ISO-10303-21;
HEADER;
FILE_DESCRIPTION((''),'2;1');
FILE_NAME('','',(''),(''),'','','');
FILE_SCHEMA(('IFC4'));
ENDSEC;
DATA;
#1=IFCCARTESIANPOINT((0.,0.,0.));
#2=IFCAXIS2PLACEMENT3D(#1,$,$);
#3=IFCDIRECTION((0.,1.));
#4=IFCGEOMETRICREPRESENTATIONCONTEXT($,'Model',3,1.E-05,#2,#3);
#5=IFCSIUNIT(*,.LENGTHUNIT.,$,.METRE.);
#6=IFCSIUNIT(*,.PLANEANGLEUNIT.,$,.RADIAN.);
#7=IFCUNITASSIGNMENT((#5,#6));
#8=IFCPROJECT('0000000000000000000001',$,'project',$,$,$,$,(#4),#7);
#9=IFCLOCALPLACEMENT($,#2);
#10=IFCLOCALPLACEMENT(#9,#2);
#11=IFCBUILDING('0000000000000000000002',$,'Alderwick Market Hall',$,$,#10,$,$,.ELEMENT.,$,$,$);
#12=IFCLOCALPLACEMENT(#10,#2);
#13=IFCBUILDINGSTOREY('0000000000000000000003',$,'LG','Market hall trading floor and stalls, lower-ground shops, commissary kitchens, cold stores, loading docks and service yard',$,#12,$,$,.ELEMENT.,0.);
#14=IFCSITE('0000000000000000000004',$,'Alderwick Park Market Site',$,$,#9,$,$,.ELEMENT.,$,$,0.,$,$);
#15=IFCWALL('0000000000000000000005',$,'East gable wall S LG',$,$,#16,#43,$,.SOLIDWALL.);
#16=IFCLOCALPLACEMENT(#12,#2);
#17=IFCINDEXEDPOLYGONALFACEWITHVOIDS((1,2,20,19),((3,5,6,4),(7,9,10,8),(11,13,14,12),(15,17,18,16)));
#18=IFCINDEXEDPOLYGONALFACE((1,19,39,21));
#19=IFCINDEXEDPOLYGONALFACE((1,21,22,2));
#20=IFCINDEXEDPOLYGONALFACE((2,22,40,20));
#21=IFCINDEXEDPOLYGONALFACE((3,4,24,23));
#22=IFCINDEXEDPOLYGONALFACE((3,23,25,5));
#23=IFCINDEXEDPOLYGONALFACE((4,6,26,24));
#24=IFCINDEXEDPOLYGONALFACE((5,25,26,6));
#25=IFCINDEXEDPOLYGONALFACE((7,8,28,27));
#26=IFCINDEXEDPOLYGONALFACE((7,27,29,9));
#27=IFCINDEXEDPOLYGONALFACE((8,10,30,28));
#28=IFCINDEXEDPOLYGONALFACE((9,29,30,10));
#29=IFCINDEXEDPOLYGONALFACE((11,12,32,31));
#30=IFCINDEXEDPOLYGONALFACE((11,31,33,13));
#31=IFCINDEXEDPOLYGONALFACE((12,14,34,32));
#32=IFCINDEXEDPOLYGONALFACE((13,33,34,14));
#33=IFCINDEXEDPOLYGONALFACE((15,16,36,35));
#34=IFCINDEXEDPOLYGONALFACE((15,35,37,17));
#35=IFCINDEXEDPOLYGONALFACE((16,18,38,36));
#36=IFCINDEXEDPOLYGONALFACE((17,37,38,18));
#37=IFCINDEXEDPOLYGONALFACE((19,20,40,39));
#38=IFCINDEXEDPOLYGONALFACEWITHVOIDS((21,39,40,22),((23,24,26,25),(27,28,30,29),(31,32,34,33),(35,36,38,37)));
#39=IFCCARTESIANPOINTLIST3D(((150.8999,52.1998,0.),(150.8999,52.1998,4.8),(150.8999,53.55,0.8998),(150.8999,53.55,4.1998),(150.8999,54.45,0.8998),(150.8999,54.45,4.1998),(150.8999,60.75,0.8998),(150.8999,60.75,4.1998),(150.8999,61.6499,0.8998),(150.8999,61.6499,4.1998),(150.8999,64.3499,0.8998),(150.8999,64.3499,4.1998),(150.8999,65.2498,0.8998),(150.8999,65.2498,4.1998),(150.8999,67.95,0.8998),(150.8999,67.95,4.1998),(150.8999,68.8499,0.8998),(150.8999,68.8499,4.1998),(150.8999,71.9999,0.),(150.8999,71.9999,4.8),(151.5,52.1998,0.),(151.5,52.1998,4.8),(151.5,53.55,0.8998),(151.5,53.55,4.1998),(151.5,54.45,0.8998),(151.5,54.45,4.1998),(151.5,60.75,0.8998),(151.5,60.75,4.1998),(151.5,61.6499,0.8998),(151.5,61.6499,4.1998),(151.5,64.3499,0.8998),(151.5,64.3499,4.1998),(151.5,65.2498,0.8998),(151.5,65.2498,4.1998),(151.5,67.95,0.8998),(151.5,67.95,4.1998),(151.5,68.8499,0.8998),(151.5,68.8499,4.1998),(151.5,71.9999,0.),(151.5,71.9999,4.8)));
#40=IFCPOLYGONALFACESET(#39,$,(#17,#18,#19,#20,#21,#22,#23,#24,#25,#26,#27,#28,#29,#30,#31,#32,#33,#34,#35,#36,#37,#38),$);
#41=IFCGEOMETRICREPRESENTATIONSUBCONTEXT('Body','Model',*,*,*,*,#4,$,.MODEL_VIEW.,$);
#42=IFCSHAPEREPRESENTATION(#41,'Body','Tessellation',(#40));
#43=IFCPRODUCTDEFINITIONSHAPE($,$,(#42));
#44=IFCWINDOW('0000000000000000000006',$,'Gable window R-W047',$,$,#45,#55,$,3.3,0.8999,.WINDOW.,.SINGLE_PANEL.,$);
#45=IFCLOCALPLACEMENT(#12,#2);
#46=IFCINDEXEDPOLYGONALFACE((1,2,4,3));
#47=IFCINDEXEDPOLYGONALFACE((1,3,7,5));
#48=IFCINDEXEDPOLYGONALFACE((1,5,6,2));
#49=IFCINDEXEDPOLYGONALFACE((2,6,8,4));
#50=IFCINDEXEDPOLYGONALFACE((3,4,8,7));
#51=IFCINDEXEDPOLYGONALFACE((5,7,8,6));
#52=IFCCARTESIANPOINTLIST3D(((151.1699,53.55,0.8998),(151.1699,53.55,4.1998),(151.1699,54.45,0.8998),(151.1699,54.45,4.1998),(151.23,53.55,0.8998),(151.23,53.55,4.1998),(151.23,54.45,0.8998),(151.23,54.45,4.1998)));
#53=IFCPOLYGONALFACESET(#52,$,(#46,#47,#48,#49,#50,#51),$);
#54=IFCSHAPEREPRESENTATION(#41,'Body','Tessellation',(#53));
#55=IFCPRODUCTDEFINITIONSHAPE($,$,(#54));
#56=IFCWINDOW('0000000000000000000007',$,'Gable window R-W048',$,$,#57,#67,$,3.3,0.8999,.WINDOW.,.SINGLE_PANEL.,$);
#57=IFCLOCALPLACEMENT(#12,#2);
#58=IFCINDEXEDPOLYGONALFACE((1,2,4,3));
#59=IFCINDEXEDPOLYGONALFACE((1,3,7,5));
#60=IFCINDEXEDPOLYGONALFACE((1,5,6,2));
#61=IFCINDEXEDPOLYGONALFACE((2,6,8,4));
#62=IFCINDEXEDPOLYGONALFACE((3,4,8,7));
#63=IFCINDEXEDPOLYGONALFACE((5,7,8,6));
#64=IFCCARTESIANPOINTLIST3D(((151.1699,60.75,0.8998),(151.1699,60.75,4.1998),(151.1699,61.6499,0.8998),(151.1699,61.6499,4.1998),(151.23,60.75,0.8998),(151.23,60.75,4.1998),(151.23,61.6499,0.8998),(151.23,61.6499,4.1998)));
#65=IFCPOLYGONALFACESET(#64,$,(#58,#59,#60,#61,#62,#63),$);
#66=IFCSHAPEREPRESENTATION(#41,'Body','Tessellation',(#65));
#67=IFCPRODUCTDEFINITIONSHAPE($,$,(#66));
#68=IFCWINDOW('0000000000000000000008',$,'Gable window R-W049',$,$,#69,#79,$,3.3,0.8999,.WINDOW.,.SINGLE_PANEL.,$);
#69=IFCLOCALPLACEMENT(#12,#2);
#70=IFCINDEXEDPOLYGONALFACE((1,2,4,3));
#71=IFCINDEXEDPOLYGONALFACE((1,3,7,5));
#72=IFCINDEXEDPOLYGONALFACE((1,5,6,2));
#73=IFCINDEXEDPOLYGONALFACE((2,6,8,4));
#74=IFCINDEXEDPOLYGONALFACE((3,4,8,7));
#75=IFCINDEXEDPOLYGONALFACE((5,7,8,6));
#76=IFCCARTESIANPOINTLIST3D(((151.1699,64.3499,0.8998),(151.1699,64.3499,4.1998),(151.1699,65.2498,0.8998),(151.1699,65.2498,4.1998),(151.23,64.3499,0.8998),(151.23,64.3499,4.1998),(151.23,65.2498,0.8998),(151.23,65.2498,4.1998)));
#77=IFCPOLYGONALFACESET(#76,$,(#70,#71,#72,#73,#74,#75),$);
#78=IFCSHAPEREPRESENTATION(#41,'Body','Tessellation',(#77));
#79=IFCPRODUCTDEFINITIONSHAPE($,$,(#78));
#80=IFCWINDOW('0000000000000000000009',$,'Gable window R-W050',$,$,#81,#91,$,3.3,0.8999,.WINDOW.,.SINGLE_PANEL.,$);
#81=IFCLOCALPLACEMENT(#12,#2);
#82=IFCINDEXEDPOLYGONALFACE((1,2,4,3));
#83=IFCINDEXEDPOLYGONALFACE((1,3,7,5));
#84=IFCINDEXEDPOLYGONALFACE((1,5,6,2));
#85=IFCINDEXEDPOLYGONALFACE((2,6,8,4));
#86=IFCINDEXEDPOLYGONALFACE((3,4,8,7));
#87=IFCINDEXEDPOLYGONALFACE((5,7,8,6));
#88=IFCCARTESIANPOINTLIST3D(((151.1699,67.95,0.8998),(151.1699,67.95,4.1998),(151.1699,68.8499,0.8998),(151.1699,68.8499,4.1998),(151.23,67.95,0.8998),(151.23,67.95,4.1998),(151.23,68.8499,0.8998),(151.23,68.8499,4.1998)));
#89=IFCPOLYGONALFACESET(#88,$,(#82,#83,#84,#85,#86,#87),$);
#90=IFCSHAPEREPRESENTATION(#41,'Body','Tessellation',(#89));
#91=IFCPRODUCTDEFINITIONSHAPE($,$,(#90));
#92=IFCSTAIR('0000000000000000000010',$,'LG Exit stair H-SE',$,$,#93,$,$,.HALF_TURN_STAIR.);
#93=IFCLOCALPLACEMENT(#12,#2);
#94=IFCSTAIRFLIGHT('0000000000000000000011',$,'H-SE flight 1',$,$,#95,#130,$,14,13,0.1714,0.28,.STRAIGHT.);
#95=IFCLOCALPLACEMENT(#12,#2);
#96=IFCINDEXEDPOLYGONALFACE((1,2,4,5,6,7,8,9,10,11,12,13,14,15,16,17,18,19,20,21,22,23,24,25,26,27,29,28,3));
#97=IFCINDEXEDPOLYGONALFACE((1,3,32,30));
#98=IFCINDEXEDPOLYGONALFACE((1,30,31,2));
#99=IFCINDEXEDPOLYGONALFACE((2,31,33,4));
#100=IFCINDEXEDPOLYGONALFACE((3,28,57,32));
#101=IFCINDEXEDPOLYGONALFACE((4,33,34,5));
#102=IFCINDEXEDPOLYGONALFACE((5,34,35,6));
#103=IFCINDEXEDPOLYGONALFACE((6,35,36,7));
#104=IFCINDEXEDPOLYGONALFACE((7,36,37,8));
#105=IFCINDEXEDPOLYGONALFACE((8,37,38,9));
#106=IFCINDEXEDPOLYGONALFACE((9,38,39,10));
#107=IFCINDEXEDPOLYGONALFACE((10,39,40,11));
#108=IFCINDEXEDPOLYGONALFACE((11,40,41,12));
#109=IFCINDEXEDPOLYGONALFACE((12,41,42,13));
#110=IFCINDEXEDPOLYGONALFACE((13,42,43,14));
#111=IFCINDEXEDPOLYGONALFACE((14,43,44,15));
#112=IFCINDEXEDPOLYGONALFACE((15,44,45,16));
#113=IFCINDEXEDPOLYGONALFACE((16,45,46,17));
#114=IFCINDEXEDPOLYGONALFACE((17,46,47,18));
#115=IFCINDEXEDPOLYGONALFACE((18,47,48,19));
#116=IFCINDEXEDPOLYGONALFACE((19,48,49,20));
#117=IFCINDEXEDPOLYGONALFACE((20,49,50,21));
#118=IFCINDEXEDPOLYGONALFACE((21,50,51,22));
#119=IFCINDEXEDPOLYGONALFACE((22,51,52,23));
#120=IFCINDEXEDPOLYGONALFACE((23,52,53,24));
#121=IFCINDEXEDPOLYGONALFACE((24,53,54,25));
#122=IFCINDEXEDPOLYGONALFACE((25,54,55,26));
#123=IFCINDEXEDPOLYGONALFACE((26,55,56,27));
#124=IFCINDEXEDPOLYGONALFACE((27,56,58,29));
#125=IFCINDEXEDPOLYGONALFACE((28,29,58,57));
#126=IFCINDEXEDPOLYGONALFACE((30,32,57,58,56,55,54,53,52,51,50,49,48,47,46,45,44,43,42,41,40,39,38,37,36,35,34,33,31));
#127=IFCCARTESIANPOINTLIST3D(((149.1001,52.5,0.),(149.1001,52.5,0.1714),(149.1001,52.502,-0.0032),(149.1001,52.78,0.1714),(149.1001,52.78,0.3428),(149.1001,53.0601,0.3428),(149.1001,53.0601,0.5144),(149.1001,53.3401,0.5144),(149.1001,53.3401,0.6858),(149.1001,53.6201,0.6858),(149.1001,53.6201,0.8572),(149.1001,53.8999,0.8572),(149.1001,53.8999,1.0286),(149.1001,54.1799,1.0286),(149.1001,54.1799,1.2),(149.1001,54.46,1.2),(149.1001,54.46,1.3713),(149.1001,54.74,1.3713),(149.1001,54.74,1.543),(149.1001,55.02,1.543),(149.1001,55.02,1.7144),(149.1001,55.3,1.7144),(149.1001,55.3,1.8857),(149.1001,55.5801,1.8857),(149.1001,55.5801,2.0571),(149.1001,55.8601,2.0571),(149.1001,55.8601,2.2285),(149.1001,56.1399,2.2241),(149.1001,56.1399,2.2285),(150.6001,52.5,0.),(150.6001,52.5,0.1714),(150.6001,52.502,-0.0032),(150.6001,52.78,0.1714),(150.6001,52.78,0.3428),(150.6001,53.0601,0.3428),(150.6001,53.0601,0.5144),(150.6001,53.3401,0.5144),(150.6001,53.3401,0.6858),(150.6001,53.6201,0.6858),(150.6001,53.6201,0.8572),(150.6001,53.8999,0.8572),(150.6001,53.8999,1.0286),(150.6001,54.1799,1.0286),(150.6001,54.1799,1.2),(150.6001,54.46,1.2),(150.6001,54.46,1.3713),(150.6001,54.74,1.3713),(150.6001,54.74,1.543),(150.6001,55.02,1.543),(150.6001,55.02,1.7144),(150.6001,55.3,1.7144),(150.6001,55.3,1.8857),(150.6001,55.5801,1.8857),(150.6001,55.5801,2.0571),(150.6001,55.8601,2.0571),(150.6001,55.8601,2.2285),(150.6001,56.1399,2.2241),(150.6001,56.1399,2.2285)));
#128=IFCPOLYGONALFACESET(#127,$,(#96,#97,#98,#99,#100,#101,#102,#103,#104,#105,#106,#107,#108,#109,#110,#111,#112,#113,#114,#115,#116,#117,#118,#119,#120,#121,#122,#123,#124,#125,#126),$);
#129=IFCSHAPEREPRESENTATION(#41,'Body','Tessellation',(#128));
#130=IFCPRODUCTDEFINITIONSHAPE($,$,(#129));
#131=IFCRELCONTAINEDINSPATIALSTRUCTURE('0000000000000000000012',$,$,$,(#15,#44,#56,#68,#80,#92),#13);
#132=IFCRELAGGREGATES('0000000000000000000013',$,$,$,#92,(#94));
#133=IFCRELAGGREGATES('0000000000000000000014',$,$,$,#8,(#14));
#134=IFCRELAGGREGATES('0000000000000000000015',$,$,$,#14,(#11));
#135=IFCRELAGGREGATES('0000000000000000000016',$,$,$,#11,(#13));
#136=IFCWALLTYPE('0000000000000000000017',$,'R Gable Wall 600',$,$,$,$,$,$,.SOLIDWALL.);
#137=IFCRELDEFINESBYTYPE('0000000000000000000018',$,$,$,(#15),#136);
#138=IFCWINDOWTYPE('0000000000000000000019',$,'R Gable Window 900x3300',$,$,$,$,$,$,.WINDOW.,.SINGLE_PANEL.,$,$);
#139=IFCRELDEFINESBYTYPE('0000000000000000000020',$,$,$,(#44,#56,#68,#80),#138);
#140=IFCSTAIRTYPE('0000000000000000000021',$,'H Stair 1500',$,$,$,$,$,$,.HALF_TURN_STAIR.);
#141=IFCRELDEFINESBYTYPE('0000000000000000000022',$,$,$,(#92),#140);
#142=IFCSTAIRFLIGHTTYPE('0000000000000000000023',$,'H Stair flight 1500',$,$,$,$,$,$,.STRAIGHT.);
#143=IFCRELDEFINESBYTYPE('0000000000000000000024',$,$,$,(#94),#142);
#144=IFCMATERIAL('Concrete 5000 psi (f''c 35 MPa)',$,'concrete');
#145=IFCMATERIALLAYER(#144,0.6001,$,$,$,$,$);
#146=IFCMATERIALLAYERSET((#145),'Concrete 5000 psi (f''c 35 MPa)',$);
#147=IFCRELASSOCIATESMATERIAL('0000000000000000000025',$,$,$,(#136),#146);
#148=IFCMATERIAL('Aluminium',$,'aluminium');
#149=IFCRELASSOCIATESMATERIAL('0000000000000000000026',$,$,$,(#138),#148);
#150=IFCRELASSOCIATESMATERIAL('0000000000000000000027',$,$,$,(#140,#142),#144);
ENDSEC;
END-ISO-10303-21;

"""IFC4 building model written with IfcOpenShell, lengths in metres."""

from ifc_helpers import new_model, si_unit, direction, frame, frame_2d, origin, place, context, subcontext, project, spatial, polyline, rectangle, outline, extrude, material, layer, layer_set, type_object, element, fill, aggregate, save


model = new_model("IFC4")

# Units and contexts
model_context = context("Model", 3, precision=1e-05, world=origin(), true_north=direction((0.0, 1.0)))
body_context = subcontext(model_context, "Body", "Model", "MODEL_VIEW")
ifc_project = project(units=[si_unit("LENGTHUNIT", "METRE"), si_unit("PLANEANGLEUNIT", "RADIAN")], contexts=[model_context])

# Site, building, storey
site_placement = place(None, origin())
site = spatial("IfcSite", under=ifc_project, at=site_placement, Name="Alderwick Park Market Site", CompositionType="ELEMENT", RefElevation=0.0)
building_placement = place(site_placement, origin())
building = spatial("IfcBuilding", under=site, at=building_placement, Name="Alderwick Market Hall", CompositionType="ELEMENT")
storey_placement = place(building_placement, origin())
storey = spatial("IfcBuildingStorey", under=building, at=storey_placement, Name="LG", Description="Market hall trading floor and stalls, lower-ground shops, commissary kitchens, cold stores, loading docks and service yard", CompositionType="ELEMENT", Elevation=0.0)

# Shared definitions
ifc_material_1 = material(Name="Concrete 5000 psi (f'c 35 MPa)", Category="concrete")

# Wall, openings, windows
ifc_layer_1 = layer(ifc_material_1, 0.6001)
ifc_layer_set_1 = layer_set([ifc_layer_1], Name="Concrete 5000 psi (f'c 35 MPa)")
wall_type_1 = type_object("IfcWallType", Name="R Gable Wall 600", PredefinedType="SOLIDWALL", material=ifc_layer_set_1)
wall_1_placement = place(storey_placement, frame((151.2, 52.2, 0.0), z_axis=(0.0, 0.0, 1.0), x_axis=(0.0, 1.0, 0.0)))
wall_1 = element("IfcWall", 1, at=wall_1_placement, inside=storey, type_object=wall_type_1, Name="East gable wall S LG", PredefinedType="SOLIDWALL", context=body_context, shape_type="SweptSolid", body=[
    extrude(rectangle(XDim=19.8, YDim=0.6001, at=frame_2d((9.8999, 0.0))), origin(), (0.0, 0.0, 1.0), 4.8),
])
opening_1_placement = place(wall_1_placement, frame((1.3501, 0.0, 0.8999)))
opening_1 = element("IfcOpeningElement", 2, at=opening_1_placement, cuts=wall_1, PredefinedType="OPENING", context=body_context, shape_type="SweptSolid", body=[
    extrude(rectangle(XDim=0.8999, YDim=3.3, at=frame_2d((0.45, 1.6499))), frame((0.0, 0.3101, 0.0), z_axis=(0.0, -1.0, 0.0), x_axis=(1.0, 0.0, 0.0)), (0.0, 0.0, 1.0), 0.6201),
])
opening_2_placement = place(wall_1_placement, frame((8.55, 0.0, 0.8999)))
opening_2 = element("IfcOpeningElement", 3, at=opening_2_placement, cuts=wall_1, PredefinedType="OPENING", context=body_context, shape_type="SweptSolid", body=[
    extrude(rectangle(XDim=0.8999, YDim=3.3, at=frame_2d((0.45, 1.6499))), frame((0.0, 0.3101, 0.0), z_axis=(0.0, -1.0, 0.0), x_axis=(1.0, 0.0, 0.0)), (0.0, 0.0, 1.0), 0.6201),
])
opening_3_placement = place(wall_1_placement, frame((12.1499, 0.0, 0.8999)))
opening_3 = element("IfcOpeningElement", 4, at=opening_3_placement, cuts=wall_1, PredefinedType="OPENING", context=body_context, shape_type="SweptSolid", body=[
    extrude(rectangle(XDim=0.8999, YDim=3.3, at=frame_2d((0.45, 1.6499))), frame((0.0, 0.3101, 0.0), z_axis=(0.0, -1.0, 0.0), x_axis=(1.0, 0.0, 0.0)), (0.0, 0.0, 1.0), 0.6201),
])
opening_4_placement = place(wall_1_placement, frame((15.75, 0.0, 0.8999)))
opening_4 = element("IfcOpeningElement", 5, at=opening_4_placement, cuts=wall_1, PredefinedType="OPENING", context=body_context, shape_type="SweptSolid", body=[
    extrude(rectangle(XDim=0.8999, YDim=3.3, at=frame_2d((0.45, 1.6499))), frame((0.0, 0.3101, 0.0), z_axis=(0.0, -1.0, 0.0), x_axis=(1.0, 0.0, 0.0)), (0.0, 0.0, 1.0), 0.6201),
])
ifc_material_2 = material(Name="Aluminium", Category="aluminium")
window_type = type_object("IfcWindowType", Name="R Gable Window 900x3300", PartitioningType="SINGLE_PANEL", PredefinedType="WINDOW", material=ifc_material_2)
window_1_placement = place(opening_1_placement, origin())
window_1 = element("IfcWindow", 6, at=window_1_placement, inside=storey, type_object=window_type, Name="Gable window R-W047", OverallHeight=3.3, OverallWidth=0.8999, PartitioningType="SINGLE_PANEL", PredefinedType="WINDOW", context=body_context, shape_type="SweptSolid", body=[
    extrude(rectangle(XDim=0.8999, YDim=3.3, at=frame_2d((0.45, 1.6499))), frame((0.0, 0.03, 0.0), z_axis=(0.0, -1.0, 0.0), x_axis=(1.0, 0.0, 0.0)), (0.0, 0.0, 1.0), 0.0601),
])
fill(opening_1, window_1)
window_2_placement = place(opening_2_placement, origin())
window_2 = element("IfcWindow", 7, at=window_2_placement, inside=storey, type_object=window_type, Name="Gable window R-W048", OverallHeight=3.3, OverallWidth=0.8999, PartitioningType="SINGLE_PANEL", PredefinedType="WINDOW", context=body_context, shape_type="SweptSolid", body=[
    extrude(rectangle(XDim=0.8999, YDim=3.3, at=frame_2d((0.45, 1.6499))), frame((0.0, 0.03, 0.0), z_axis=(0.0, -1.0, 0.0), x_axis=(1.0, 0.0, 0.0)), (0.0, 0.0, 1.0), 0.0601),
])
fill(opening_2, window_2)
window_3_placement = place(opening_3_placement, origin())
window_3 = element("IfcWindow", 8, at=window_3_placement, inside=storey, type_object=window_type, Name="Gable window R-W049", OverallHeight=3.3, OverallWidth=0.8999, PartitioningType="SINGLE_PANEL", PredefinedType="WINDOW", context=body_context, shape_type="SweptSolid", body=[
    extrude(rectangle(XDim=0.8999, YDim=3.3, at=frame_2d((0.45, 1.6499))), frame((0.0, 0.03, 0.0), z_axis=(0.0, -1.0, 0.0), x_axis=(1.0, 0.0, 0.0)), (0.0, 0.0, 1.0), 0.0601),
])
fill(opening_3, window_3)
window_4_placement = place(opening_4_placement, origin())
window_4 = element("IfcWindow", 9, at=window_4_placement, inside=storey, type_object=window_type, Name="Gable window R-W050", OverallHeight=3.3, OverallWidth=0.8999, PartitioningType="SINGLE_PANEL", PredefinedType="WINDOW", context=body_context, shape_type="SweptSolid", body=[
    extrude(rectangle(XDim=0.8999, YDim=3.3, at=frame_2d((0.45, 1.6499))), frame((0.0, 0.03, 0.0), z_axis=(0.0, -1.0, 0.0), x_axis=(1.0, 0.0, 0.0)), (0.0, 0.0, 1.0), 0.0601),
])
fill(opening_4, window_4)

# Stair, stair flight
stair_type = type_object("IfcStairType", Name="H Stair 1500", PredefinedType="HALF_TURN_STAIR", material=ifc_material_1)
stair_placement = place(storey_placement, origin())
stair = element("IfcStair", 10, at=stair_placement, inside=storey, type_object=stair_type, Name="LG Exit stair H-SE", PredefinedType="HALF_TURN_STAIR")
stair_flight_type = type_object("IfcStairFlightType", Name="H Stair flight 1500", PredefinedType="STRAIGHT", material=ifc_material_1)
stair_flight_placement = place(storey_placement, frame((149.8501, 52.5, 0.0), z_axis=(0.0, 0.0, 1.0), x_axis=(0.0, 1.0, 0.0)))
stair_flight = element("IfcStairFlight", 11, at=stair_flight_placement, type_object=stair_flight_type, Name="H-SE flight 1", NumberOfRisers=14, NumberOfTreads=13, PredefinedType="STRAIGHT", RiserHeight=0.1714, TreadLength=0.28, context=body_context, shape_type="SweptSolid", body=[
    extrude(outline(polyline([(0.002, -0.0032), (0.0, 0.0), (0.0, 0.1714), (0.28, 0.1714), (0.28, 0.3428), (0.5601, 0.3428), (0.5601, 0.5144), (0.8401, 0.5144), (0.8401, 0.6858), (1.1201, 0.6858), (1.1201, 0.8572), (1.3999, 0.8572), (1.3999, 1.0286), (1.6799, 1.0286), (1.6799, 1.2), (1.96, 1.2), (1.96, 1.3713), (2.24, 1.3713), (2.24, 1.543), (2.52, 1.543), (2.52, 1.7144), (2.8, 1.7144), (2.8, 1.8857), (3.0801, 1.8857), (3.0801, 2.0571), (3.3601, 2.0571), (3.3601, 2.2285), (3.6399, 2.2285), (3.6399, 2.2241), (0.002, -0.0032)])), frame((0.0, 0.75, 0.0), z_axis=(0.0, -1.0, 0.0), x_axis=(1.0, 0.0, 0.0)), (0.0, 0.0, 1.0), 1.5),
])
aggregate(stair, [stair_flight])

save(model, "model.ifc")
